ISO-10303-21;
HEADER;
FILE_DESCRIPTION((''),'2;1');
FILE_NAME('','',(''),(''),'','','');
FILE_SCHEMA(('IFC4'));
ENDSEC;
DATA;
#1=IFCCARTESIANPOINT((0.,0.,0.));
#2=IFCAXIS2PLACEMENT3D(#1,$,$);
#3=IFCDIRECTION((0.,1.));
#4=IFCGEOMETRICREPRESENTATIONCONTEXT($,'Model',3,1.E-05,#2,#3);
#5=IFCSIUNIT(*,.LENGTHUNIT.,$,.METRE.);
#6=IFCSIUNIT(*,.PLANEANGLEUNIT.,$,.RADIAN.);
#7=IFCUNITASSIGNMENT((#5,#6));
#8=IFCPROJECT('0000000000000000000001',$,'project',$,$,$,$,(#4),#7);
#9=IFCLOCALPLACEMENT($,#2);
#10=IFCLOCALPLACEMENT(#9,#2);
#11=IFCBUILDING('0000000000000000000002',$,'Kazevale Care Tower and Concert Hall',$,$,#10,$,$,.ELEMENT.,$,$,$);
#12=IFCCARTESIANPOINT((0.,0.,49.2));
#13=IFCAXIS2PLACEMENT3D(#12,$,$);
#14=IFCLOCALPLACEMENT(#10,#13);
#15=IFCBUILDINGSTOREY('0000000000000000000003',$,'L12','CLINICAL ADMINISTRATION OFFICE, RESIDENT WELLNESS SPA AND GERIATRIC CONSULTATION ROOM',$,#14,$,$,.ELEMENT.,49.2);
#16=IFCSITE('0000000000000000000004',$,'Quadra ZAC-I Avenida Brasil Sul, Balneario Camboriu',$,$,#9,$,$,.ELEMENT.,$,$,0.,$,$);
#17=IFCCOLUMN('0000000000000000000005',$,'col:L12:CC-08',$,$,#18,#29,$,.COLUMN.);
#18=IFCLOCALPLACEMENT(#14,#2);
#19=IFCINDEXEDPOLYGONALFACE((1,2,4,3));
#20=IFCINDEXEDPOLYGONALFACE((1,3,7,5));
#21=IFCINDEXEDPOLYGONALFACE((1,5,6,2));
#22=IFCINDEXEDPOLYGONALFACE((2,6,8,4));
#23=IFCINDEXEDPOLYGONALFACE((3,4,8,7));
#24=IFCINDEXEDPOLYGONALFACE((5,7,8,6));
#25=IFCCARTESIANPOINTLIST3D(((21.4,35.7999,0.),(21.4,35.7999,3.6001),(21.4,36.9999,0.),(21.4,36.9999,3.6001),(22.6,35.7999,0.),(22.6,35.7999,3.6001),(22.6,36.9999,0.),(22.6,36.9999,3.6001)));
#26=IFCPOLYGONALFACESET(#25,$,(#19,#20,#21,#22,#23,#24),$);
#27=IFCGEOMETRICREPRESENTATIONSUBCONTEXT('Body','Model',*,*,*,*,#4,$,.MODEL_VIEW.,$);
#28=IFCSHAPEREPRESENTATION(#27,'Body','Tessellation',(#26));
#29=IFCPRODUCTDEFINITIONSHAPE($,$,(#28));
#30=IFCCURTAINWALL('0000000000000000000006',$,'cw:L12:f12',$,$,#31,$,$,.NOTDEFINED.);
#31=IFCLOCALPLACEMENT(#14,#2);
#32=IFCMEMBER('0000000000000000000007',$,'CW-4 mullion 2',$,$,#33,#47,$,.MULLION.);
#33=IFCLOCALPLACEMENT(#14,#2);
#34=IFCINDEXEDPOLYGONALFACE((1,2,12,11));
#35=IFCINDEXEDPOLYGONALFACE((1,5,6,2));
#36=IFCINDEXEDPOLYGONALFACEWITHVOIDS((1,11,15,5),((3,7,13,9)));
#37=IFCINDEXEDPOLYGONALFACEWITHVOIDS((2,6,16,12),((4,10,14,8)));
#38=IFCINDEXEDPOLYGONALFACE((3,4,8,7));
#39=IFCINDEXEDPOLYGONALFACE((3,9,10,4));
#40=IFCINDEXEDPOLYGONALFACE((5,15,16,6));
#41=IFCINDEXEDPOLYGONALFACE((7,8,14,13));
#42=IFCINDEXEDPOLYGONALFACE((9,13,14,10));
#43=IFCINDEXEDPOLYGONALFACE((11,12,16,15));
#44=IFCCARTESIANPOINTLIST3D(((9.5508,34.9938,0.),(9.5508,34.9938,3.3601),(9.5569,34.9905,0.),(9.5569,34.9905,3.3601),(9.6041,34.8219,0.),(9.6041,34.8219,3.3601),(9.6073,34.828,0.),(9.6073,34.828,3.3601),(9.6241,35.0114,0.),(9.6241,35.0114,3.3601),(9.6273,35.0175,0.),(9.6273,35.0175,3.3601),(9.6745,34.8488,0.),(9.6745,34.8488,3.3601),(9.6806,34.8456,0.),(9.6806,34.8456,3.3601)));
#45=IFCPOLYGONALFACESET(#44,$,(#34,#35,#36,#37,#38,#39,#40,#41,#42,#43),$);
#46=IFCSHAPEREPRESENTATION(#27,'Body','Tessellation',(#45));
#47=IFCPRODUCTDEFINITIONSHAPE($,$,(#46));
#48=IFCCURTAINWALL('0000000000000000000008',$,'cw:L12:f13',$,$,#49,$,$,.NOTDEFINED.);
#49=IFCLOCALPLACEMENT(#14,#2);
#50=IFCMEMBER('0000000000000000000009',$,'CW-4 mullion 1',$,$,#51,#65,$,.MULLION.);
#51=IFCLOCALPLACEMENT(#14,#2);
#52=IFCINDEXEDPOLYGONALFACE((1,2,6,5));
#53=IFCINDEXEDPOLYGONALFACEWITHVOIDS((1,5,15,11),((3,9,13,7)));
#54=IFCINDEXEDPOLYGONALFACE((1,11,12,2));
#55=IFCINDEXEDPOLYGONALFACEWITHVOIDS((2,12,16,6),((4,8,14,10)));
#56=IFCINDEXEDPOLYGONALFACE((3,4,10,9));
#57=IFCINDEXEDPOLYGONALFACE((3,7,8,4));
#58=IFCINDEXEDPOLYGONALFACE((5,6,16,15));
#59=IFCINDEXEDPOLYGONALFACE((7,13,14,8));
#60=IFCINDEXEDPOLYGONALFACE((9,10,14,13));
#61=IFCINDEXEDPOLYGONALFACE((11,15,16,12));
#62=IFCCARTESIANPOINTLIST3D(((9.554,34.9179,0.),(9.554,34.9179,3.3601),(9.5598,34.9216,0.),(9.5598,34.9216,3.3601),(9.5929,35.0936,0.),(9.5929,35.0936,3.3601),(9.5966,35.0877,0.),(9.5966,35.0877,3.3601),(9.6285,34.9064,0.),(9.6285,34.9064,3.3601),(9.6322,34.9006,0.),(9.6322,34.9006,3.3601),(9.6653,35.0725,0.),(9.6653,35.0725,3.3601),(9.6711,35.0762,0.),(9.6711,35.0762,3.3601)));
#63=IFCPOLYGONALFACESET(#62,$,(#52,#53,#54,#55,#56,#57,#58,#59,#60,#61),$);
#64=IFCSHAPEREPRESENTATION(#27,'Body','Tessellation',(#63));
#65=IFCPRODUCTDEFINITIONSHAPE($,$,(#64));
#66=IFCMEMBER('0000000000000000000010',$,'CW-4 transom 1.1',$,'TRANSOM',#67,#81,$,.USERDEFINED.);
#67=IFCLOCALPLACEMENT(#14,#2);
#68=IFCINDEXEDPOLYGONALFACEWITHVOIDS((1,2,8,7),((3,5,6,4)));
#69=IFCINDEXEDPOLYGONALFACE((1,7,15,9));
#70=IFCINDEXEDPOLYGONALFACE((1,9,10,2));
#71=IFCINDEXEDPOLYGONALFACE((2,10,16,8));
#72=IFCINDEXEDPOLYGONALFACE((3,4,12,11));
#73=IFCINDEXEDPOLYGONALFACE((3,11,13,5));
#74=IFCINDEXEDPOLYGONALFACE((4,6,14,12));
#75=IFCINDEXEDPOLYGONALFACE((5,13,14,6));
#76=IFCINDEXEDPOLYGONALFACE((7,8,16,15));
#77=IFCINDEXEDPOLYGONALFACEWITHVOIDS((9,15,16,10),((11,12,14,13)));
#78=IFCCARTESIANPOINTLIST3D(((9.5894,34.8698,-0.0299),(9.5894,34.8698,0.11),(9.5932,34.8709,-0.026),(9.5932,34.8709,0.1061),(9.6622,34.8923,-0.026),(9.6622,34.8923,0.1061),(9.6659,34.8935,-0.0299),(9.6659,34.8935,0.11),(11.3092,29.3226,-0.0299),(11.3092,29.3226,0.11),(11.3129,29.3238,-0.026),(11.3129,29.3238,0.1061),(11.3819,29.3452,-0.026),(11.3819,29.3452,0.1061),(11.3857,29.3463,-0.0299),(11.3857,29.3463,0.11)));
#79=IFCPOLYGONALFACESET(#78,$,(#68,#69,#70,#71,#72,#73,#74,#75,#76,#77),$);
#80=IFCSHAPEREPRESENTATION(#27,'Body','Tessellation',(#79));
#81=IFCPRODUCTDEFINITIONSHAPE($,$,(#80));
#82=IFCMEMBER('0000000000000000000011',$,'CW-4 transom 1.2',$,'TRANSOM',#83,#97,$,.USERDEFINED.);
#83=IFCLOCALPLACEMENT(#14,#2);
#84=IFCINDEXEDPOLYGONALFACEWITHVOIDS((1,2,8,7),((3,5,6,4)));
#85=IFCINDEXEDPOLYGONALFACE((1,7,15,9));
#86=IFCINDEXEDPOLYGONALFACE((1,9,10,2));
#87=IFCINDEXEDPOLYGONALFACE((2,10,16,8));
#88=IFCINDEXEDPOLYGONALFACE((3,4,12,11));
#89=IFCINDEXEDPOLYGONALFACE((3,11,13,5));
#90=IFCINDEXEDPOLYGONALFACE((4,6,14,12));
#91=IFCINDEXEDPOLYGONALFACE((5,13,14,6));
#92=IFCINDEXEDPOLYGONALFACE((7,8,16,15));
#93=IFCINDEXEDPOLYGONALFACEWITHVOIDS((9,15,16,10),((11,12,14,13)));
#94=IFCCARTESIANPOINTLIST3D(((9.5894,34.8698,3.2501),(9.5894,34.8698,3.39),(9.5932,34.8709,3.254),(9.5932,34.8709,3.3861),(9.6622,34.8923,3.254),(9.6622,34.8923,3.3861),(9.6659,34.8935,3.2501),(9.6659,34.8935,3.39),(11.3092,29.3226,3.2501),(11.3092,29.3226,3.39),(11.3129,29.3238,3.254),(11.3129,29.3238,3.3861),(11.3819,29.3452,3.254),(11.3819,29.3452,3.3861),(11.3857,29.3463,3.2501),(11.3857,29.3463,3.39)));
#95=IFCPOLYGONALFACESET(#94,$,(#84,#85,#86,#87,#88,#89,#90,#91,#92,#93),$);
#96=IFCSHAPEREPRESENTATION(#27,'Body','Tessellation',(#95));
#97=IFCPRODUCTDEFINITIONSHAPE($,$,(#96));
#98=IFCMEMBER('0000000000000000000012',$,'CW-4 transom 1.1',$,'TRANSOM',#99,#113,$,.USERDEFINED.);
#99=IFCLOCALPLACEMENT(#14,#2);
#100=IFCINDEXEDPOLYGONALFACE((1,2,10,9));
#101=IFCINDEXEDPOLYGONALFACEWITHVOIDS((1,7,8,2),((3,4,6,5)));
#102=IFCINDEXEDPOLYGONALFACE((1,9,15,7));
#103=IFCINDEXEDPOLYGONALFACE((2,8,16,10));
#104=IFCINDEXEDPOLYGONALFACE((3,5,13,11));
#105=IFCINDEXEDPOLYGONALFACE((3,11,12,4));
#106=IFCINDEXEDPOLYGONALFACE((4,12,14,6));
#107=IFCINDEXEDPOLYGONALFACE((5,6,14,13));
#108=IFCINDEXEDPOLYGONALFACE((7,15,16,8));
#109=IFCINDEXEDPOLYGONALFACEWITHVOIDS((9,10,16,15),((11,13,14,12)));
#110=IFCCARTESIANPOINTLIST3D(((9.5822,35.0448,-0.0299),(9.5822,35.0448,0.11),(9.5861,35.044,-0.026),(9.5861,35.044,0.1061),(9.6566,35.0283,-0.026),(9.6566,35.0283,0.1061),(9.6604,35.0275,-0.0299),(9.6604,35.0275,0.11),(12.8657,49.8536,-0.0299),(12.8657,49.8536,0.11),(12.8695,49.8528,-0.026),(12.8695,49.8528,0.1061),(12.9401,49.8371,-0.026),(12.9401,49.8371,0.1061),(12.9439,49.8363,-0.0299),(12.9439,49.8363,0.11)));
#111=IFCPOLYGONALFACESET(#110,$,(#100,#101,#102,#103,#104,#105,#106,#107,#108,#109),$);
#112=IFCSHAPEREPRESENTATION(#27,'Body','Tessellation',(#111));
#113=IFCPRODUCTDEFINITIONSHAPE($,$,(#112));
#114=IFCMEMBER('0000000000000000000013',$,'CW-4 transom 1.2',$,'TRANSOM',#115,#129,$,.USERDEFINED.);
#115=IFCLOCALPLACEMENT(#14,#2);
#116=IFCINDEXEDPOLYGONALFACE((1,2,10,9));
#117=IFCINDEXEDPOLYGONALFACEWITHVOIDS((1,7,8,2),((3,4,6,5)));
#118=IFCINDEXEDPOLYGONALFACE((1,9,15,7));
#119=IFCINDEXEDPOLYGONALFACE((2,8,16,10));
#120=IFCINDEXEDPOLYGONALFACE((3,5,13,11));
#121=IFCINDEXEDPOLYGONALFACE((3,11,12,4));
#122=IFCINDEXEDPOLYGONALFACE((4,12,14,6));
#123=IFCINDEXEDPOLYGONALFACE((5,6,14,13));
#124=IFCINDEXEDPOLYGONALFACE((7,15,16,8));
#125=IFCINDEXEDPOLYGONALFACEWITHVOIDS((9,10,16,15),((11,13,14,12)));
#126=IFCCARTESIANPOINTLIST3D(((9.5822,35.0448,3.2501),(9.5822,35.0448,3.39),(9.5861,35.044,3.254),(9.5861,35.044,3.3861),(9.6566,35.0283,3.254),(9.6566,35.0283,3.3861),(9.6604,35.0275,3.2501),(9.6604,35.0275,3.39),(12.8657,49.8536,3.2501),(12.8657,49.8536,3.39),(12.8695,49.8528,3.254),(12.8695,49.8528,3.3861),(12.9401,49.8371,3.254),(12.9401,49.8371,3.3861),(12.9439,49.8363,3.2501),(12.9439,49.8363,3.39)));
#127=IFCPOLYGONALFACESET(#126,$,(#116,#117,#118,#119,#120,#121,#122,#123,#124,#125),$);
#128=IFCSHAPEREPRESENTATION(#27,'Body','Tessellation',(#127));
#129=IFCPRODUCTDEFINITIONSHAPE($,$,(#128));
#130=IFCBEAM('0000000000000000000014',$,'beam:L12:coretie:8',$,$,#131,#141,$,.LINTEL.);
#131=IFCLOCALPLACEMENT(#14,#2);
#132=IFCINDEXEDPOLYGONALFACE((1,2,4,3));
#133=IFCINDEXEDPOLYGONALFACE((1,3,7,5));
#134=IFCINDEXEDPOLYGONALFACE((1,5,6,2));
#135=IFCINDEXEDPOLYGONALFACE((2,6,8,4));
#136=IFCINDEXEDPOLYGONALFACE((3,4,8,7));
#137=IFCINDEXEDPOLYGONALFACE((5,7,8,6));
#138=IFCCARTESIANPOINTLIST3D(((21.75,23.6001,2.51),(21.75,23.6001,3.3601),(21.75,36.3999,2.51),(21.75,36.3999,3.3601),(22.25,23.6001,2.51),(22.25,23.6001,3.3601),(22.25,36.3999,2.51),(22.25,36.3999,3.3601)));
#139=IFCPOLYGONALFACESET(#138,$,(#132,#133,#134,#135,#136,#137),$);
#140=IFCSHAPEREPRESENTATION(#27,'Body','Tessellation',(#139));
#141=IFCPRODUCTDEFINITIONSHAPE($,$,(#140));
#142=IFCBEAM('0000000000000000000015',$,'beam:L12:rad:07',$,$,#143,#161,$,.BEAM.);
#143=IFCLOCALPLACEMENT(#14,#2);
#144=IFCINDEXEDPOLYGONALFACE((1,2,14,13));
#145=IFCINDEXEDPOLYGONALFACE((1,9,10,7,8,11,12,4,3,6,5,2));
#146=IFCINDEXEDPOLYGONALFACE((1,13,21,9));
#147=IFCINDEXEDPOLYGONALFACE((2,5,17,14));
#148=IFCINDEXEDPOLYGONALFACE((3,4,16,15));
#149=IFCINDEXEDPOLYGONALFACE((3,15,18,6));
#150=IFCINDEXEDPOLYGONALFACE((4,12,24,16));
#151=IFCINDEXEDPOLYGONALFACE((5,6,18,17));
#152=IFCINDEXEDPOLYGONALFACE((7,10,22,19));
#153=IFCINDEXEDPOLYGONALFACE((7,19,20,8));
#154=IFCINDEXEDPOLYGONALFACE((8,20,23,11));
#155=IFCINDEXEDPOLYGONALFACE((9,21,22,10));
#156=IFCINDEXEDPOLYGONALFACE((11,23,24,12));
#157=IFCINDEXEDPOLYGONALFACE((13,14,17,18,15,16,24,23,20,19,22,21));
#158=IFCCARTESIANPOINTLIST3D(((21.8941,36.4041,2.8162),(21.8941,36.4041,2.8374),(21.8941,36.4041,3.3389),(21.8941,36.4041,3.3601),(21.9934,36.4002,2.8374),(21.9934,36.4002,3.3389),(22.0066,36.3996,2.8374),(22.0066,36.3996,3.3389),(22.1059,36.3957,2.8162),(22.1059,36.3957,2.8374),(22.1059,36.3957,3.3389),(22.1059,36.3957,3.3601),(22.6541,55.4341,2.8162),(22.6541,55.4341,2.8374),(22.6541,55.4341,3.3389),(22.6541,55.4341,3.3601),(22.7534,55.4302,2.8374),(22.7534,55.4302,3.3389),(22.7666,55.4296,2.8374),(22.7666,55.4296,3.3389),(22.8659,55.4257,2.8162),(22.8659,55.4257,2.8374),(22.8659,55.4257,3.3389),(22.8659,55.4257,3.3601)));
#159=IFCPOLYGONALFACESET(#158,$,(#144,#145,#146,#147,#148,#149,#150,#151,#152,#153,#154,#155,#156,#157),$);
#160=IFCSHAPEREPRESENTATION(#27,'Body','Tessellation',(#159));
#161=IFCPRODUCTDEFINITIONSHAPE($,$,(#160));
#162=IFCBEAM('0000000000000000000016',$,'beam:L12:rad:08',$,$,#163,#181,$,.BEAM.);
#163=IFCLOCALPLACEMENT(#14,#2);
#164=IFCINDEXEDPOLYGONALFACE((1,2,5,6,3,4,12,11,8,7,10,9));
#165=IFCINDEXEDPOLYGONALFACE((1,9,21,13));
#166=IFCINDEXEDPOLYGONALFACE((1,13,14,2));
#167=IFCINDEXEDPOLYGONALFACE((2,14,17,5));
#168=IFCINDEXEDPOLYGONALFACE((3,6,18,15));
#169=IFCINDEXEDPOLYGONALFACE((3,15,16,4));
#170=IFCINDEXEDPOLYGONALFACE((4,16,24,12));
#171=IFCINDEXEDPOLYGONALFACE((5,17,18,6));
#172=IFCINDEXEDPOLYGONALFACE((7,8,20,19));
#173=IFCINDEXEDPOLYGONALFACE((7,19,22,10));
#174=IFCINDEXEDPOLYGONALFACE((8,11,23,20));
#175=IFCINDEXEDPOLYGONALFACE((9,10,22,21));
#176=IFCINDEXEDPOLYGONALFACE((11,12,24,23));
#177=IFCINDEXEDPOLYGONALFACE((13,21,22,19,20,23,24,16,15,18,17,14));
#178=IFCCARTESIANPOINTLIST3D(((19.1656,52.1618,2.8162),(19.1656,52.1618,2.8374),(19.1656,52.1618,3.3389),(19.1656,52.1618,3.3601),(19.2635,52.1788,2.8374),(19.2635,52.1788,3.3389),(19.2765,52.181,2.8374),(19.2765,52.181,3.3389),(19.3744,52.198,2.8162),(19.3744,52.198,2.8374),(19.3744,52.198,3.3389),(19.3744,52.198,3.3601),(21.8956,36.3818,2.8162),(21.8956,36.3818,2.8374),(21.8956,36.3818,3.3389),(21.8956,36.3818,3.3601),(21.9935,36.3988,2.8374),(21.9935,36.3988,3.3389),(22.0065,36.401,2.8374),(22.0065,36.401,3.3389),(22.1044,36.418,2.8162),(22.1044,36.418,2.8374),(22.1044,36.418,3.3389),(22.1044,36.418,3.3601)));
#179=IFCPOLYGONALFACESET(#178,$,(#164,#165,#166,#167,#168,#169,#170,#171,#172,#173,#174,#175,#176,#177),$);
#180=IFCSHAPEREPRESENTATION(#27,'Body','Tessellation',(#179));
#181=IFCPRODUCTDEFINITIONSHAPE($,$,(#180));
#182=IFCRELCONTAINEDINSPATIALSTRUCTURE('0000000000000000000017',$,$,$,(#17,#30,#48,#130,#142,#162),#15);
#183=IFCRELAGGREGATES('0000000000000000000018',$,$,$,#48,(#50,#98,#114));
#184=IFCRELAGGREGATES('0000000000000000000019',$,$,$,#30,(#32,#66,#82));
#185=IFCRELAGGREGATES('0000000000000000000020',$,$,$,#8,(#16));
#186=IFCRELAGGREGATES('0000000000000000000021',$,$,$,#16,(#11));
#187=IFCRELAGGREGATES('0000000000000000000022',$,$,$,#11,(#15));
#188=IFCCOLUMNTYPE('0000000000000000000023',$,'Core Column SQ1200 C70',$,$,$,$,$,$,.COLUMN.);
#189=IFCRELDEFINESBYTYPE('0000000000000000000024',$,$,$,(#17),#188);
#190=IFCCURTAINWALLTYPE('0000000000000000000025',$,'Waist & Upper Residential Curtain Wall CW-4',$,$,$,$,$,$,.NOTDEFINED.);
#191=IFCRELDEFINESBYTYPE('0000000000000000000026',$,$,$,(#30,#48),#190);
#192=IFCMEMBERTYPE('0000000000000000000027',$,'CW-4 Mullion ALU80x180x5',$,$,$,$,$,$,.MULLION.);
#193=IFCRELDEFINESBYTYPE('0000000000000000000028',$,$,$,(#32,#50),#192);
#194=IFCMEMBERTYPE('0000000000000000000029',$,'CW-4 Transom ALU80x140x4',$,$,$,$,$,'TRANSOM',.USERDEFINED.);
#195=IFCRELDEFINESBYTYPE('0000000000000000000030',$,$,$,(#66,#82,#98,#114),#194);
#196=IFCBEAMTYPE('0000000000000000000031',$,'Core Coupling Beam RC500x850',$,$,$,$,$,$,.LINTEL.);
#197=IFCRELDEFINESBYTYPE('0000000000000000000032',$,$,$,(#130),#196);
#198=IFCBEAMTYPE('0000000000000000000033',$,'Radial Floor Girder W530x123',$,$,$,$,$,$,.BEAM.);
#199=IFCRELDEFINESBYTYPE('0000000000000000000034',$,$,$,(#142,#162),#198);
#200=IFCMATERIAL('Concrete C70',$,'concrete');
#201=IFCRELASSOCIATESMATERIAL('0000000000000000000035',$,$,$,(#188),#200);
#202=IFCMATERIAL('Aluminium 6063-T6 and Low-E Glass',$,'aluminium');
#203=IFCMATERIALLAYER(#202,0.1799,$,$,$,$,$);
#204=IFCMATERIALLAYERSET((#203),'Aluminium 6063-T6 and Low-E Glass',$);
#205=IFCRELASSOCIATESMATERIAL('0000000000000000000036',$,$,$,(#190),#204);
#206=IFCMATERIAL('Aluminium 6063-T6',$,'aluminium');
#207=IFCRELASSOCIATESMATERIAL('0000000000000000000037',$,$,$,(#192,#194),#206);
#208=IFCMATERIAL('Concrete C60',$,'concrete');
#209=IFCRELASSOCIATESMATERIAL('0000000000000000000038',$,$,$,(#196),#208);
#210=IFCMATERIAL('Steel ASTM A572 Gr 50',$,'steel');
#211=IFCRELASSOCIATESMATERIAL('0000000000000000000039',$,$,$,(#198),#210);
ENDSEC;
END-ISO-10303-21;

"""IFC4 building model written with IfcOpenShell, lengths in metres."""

from ifc_helpers import new_model, si_unit, direction, frame, origin, origin_2d, place, context, subcontext, project, spatial, rectangle, hollow_rectangle, i_section, extrude, material, layer, layer_set, material_profile, profile_set, type_object, element, aggregate, save


model = new_model("IFC4")

# Units and contexts
model_context = context("Model", 3, precision=1e-05, world=origin(), true_north=direction((0.0, 1.0)))
body_context = subcontext(model_context, "Body", "Model", "MODEL_VIEW")
ifc_project = project(units=[si_unit("LENGTHUNIT", "METRE"), si_unit("PLANEANGLEUNIT", "RADIAN")], contexts=[model_context])

# Site, building, storey
site_placement = place(None, origin())
site = spatial("IfcSite", under=ifc_project, at=site_placement, Name="Quadra ZAC-I Avenida Brasil Sul, Balneario Camboriu", CompositionType="ELEMENT", RefElevation=0.0)
building_placement = place(site_placement, origin())
building = spatial("IfcBuilding", under=site, at=building_placement, Name="Kazevale Care Tower and Concert Hall", CompositionType="ELEMENT")
storey_placement = place(building_placement, frame((0.0, 0.0, 49.2)))
storey = spatial("IfcBuildingStorey", under=building, at=storey_placement, Name="L12", Description="CLINICAL ADMINISTRATION OFFICE, RESIDENT WELLNESS SPA AND GERIATRIC CONSULTATION ROOM", CompositionType="ELEMENT", Elevation=49.2)

# Column
ifc_material_1 = material(Name="Concrete C70", Category="concrete")
ifc_material_profile_1 = material_profile(ifc_material_1, rectangle(XDim=1.2, YDim=1.2, at=origin_2d()), Name="RC-SQ1200")
ifc_profile_set_1 = profile_set([ifc_material_profile_1], Name="Concrete C70")
column_type = type_object("IfcColumnType", Name="Core Column SQ1200 C70", PredefinedType="COLUMN", material=ifc_profile_set_1)
column_placement = place(storey_placement, frame((22.0, 36.3999, 0.0), z_axis=(0.0, 0.0, 1.0), x_axis=(1.0, 0.0, 0.0)))
element("IfcColumn", 1, at=column_placement, inside=storey, type_object=column_type, Name="col:L12:CC-08", PredefinedType="COLUMN", context=body_context, shape_type="SweptSolid", body=[
    extrude(rectangle(XDim=1.2, YDim=1.2, at=origin_2d()), origin(), (0.0, 0.0, 1.0), 3.6001),
])

# Curtain walls, members
ifc_material_2 = material(Name="Aluminium 6063-T6 and Low-E Glass", Category="aluminium")
ifc_layer_1 = layer(ifc_material_2, 0.1799)
ifc_layer_set_1 = layer_set([ifc_layer_1], Name="Aluminium 6063-T6 and Low-E Glass")
curtain_wall_type = type_object("IfcCurtainWallType", Name="Waist & Upper Residential Curtain Wall CW-4", PredefinedType="NOTDEFINED", material=ifc_layer_set_1)
curtain_wall_1_placement = place(storey_placement, origin())
curtain_wall_1 = element("IfcCurtainWall", 2, at=curtain_wall_1_placement, inside=storey, type_object=curtain_wall_type, Name="cw:L12:f12", PredefinedType="NOTDEFINED")
ifc_material_3 = material(Name="Aluminium 6063-T6", Category="aluminium")
ifc_material_profile_2 = material_profile(ifc_material_3, hollow_rectangle(XDim=0.0801, YDim=0.1799, WallThickness=0.0049, at=origin_2d()), Name="ALU80x180x5")
ifc_profile_set_2 = profile_set([ifc_material_profile_2], Name="Aluminium 6063-T6")
member_type_1 = type_object("IfcMemberType", Name="CW-4 Mullion ALU80x180x5", PredefinedType="MULLION", material=ifc_profile_set_2)
member_1_placement = place(storey_placement, frame((9.6157, 34.9197, 0.0), z_axis=(0.0, 0.0, 1.0), x_axis=(-0.955157, -0.296099, 0.0)))
member_1 = element("IfcMember", 3, at=member_1_placement, type_object=member_type_1, Name="CW-4 mullion 2", PredefinedType="MULLION", context=body_context, shape_type="SweptSolid", body=[
    extrude(hollow_rectangle(XDim=0.0801, YDim=0.1799, WallThickness=0.0049, at=origin_2d()), origin(), (0.0, 0.0, 1.0), 3.3601),
])
curtain_wall_2_placement = place(storey_placement, origin())
curtain_wall_2 = element("IfcCurtainWall", 4, at=curtain_wall_2_placement, inside=storey, type_object=curtain_wall_type, Name="cw:L12:f13", PredefinedType="NOTDEFINED")
member_2_placement = place(storey_placement, frame((9.6125, 34.9971, 0.0), z_axis=(0.0, 0.0, 1.0), x_axis=(-0.976291, 0.216461, 0.0)))
member_2 = element("IfcMember", 5, at=member_2_placement, type_object=member_type_1, Name="CW-4 mullion 1", PredefinedType="MULLION", context=body_context, shape_type="SweptSolid", body=[
    extrude(hollow_rectangle(XDim=0.0801, YDim=0.1799, WallThickness=0.0049, at=origin_2d()), origin(), (0.0, 0.0, 1.0), 3.3601),
])

# Members
ifc_material_profile_3 = material_profile(ifc_material_3, hollow_rectangle(XDim=0.0801, YDim=0.1399, WallThickness=0.0039, at=origin_2d()), Name="ALU80x140x4")
ifc_profile_set_3 = profile_set([ifc_material_profile_3], Name="Aluminium 6063-T6")
member_type_2 = type_object("IfcMemberType", Name="CW-4 Transom ALU80x140x4", ElementType="TRANSOM", PredefinedType="USERDEFINED", material=ifc_profile_set_3)
member_3_placement = place(storey_placement, frame((11.3474, 29.3345, 0.04), z_axis=(-0.296118, 0.955152, 0.0), x_axis=(-0.955152, -0.296118, 0.0)))
member_3 = element("IfcMember", 6, at=member_3_placement, type_object=member_type_2, Name="CW-4 transom 1.1", ObjectType="TRANSOM", PredefinedType="USERDEFINED", context=body_context, shape_type="SweptSolid", body=[
    extrude(hollow_rectangle(XDim=0.0801, YDim=0.1399, WallThickness=0.0039, at=origin_2d()), origin(), (0.0, 0.0, 1.0), 5.8076),
])
member_4_placement = place(storey_placement, frame((11.3474, 29.3345, 3.3201), z_axis=(-0.296118, 0.955152, 0.0), x_axis=(-0.955152, -0.296118, 0.0)))
member_4 = element("IfcMember", 7, at=member_4_placement, type_object=member_type_2, Name="CW-4 transom 1.2", ObjectType="TRANSOM", PredefinedType="USERDEFINED", context=body_context, shape_type="SweptSolid", body=[
    extrude(hollow_rectangle(XDim=0.0801, YDim=0.1399, WallThickness=0.0039, at=origin_2d()), origin(), (0.0, 0.0, 1.0), 5.8076),
])
member_5_placement = place(storey_placement, frame((9.6213, 35.0361, 0.04), z_axis=(0.216465, 0.97629, 0.0), x_axis=(-0.97629, 0.216465, 0.0)))
member_5 = element("IfcMember", 8, at=member_5_placement, type_object=member_type_2, Name="CW-4 transom 1.1", ObjectType="TRANSOM", PredefinedType="USERDEFINED", context=body_context, shape_type="SweptSolid", body=[
    extrude(hollow_rectangle(XDim=0.0801, YDim=0.1399, WallThickness=0.0039, at=origin_2d()), origin(), (0.0, 0.0, 1.0), 15.1685),
])
member_6_placement = place(storey_placement, frame((9.6213, 35.0361, 3.3201), z_axis=(0.216465, 0.97629, 0.0), x_axis=(-0.97629, 0.216465, 0.0)))
member_6 = element("IfcMember", 9, at=member_6_placement, type_object=member_type_2, Name="CW-4 transom 1.2", ObjectType="TRANSOM", PredefinedType="USERDEFINED", context=body_context, shape_type="SweptSolid", body=[
    extrude(hollow_rectangle(XDim=0.0801, YDim=0.1399, WallThickness=0.0039, at=origin_2d()), origin(), (0.0, 0.0, 1.0), 15.1685),
])
aggregate(curtain_wall_2, [member_2, member_5, member_6])

# Beams
ifc_material_4 = material(Name="Concrete C60", Category="concrete")
ifc_material_profile_4 = material_profile(ifc_material_4, rectangle(XDim=0.5, YDim=0.8501, at=origin_2d()), Name="RC-B500x850")
ifc_profile_set_4 = profile_set([ifc_material_profile_4], Name="Concrete C60")
beam_type_1 = type_object("IfcBeamType", Name="Core Coupling Beam RC500x850", PredefinedType="LINTEL", material=ifc_profile_set_4)
beam_1_placement = place(storey_placement, frame((22.0, 36.3999, 2.9351), z_axis=(0.0, -1.0, 0.0), x_axis=(1.0, 0.0, 0.0)))
element("IfcBeam", 10, at=beam_1_placement, inside=storey, type_object=beam_type_1, Name="beam:L12:coretie:8", PredefinedType="LINTEL", context=body_context, shape_type="SweptSolid", body=[
    extrude(rectangle(XDim=0.5, YDim=0.8501, at=origin_2d()), origin(), (0.0, 0.0, 1.0), 12.7998),
])
ifc_material_5 = material(Name="Steel ASTM A572 Gr 50", Category="steel")
ifc_material_profile_5 = material_profile(ifc_material_5, i_section(OverallWidth=0.2119, OverallDepth=0.5439, WebThickness=0.0132, FlangeThickness=0.0212, at=origin_2d()), Name="W530x123")
ifc_profile_set_5 = profile_set([ifc_material_profile_5], Name="Steel ASTM A572 Gr 50")
beam_type_2 = type_object("IfcBeamType", Name="Radial Floor Girder W530x123", PredefinedType="BEAM", material=ifc_profile_set_5)
beam_2_placement = place(storey_placement, frame((22.0, 36.3999, 3.0881), z_axis=(0.039906, 0.999203, 0.0), x_axis=(-0.999203, 0.039906, 0.0)))
element("IfcBeam", 11, at=beam_2_placement, inside=storey, type_object=beam_type_2, Name="beam:L12:rad:07", PredefinedType="BEAM", context=body_context, shape_type="SweptSolid", body=[
    extrude(i_section(OverallWidth=0.2119, OverallDepth=0.5439, WebThickness=0.0132, FlangeThickness=0.0212, at=origin_2d()), origin(), (0.0, 0.0, 1.0), 19.0452),
])
beam_3_placement = place(storey_placement, frame((22.0, 36.3999, 3.0881), z_axis=(-0.17047, 0.985363, 0.0), x_axis=(-0.985363, -0.17047, 0.0)))
element("IfcBeam", 12, at=beam_3_placement, inside=storey, type_object=beam_type_2, Name="beam:L12:rad:08", PredefinedType="BEAM", context=body_context, shape_type="SweptSolid", body=[
    extrude(i_section(OverallWidth=0.2119, OverallDepth=0.5439, WebThickness=0.0132, FlangeThickness=0.0212, at=origin_2d()), origin(), (0.0, 0.0, 1.0), 16.0144),
])

aggregate(curtain_wall_1, [member_1, member_3, member_4])

save(model, "model.ifc")
